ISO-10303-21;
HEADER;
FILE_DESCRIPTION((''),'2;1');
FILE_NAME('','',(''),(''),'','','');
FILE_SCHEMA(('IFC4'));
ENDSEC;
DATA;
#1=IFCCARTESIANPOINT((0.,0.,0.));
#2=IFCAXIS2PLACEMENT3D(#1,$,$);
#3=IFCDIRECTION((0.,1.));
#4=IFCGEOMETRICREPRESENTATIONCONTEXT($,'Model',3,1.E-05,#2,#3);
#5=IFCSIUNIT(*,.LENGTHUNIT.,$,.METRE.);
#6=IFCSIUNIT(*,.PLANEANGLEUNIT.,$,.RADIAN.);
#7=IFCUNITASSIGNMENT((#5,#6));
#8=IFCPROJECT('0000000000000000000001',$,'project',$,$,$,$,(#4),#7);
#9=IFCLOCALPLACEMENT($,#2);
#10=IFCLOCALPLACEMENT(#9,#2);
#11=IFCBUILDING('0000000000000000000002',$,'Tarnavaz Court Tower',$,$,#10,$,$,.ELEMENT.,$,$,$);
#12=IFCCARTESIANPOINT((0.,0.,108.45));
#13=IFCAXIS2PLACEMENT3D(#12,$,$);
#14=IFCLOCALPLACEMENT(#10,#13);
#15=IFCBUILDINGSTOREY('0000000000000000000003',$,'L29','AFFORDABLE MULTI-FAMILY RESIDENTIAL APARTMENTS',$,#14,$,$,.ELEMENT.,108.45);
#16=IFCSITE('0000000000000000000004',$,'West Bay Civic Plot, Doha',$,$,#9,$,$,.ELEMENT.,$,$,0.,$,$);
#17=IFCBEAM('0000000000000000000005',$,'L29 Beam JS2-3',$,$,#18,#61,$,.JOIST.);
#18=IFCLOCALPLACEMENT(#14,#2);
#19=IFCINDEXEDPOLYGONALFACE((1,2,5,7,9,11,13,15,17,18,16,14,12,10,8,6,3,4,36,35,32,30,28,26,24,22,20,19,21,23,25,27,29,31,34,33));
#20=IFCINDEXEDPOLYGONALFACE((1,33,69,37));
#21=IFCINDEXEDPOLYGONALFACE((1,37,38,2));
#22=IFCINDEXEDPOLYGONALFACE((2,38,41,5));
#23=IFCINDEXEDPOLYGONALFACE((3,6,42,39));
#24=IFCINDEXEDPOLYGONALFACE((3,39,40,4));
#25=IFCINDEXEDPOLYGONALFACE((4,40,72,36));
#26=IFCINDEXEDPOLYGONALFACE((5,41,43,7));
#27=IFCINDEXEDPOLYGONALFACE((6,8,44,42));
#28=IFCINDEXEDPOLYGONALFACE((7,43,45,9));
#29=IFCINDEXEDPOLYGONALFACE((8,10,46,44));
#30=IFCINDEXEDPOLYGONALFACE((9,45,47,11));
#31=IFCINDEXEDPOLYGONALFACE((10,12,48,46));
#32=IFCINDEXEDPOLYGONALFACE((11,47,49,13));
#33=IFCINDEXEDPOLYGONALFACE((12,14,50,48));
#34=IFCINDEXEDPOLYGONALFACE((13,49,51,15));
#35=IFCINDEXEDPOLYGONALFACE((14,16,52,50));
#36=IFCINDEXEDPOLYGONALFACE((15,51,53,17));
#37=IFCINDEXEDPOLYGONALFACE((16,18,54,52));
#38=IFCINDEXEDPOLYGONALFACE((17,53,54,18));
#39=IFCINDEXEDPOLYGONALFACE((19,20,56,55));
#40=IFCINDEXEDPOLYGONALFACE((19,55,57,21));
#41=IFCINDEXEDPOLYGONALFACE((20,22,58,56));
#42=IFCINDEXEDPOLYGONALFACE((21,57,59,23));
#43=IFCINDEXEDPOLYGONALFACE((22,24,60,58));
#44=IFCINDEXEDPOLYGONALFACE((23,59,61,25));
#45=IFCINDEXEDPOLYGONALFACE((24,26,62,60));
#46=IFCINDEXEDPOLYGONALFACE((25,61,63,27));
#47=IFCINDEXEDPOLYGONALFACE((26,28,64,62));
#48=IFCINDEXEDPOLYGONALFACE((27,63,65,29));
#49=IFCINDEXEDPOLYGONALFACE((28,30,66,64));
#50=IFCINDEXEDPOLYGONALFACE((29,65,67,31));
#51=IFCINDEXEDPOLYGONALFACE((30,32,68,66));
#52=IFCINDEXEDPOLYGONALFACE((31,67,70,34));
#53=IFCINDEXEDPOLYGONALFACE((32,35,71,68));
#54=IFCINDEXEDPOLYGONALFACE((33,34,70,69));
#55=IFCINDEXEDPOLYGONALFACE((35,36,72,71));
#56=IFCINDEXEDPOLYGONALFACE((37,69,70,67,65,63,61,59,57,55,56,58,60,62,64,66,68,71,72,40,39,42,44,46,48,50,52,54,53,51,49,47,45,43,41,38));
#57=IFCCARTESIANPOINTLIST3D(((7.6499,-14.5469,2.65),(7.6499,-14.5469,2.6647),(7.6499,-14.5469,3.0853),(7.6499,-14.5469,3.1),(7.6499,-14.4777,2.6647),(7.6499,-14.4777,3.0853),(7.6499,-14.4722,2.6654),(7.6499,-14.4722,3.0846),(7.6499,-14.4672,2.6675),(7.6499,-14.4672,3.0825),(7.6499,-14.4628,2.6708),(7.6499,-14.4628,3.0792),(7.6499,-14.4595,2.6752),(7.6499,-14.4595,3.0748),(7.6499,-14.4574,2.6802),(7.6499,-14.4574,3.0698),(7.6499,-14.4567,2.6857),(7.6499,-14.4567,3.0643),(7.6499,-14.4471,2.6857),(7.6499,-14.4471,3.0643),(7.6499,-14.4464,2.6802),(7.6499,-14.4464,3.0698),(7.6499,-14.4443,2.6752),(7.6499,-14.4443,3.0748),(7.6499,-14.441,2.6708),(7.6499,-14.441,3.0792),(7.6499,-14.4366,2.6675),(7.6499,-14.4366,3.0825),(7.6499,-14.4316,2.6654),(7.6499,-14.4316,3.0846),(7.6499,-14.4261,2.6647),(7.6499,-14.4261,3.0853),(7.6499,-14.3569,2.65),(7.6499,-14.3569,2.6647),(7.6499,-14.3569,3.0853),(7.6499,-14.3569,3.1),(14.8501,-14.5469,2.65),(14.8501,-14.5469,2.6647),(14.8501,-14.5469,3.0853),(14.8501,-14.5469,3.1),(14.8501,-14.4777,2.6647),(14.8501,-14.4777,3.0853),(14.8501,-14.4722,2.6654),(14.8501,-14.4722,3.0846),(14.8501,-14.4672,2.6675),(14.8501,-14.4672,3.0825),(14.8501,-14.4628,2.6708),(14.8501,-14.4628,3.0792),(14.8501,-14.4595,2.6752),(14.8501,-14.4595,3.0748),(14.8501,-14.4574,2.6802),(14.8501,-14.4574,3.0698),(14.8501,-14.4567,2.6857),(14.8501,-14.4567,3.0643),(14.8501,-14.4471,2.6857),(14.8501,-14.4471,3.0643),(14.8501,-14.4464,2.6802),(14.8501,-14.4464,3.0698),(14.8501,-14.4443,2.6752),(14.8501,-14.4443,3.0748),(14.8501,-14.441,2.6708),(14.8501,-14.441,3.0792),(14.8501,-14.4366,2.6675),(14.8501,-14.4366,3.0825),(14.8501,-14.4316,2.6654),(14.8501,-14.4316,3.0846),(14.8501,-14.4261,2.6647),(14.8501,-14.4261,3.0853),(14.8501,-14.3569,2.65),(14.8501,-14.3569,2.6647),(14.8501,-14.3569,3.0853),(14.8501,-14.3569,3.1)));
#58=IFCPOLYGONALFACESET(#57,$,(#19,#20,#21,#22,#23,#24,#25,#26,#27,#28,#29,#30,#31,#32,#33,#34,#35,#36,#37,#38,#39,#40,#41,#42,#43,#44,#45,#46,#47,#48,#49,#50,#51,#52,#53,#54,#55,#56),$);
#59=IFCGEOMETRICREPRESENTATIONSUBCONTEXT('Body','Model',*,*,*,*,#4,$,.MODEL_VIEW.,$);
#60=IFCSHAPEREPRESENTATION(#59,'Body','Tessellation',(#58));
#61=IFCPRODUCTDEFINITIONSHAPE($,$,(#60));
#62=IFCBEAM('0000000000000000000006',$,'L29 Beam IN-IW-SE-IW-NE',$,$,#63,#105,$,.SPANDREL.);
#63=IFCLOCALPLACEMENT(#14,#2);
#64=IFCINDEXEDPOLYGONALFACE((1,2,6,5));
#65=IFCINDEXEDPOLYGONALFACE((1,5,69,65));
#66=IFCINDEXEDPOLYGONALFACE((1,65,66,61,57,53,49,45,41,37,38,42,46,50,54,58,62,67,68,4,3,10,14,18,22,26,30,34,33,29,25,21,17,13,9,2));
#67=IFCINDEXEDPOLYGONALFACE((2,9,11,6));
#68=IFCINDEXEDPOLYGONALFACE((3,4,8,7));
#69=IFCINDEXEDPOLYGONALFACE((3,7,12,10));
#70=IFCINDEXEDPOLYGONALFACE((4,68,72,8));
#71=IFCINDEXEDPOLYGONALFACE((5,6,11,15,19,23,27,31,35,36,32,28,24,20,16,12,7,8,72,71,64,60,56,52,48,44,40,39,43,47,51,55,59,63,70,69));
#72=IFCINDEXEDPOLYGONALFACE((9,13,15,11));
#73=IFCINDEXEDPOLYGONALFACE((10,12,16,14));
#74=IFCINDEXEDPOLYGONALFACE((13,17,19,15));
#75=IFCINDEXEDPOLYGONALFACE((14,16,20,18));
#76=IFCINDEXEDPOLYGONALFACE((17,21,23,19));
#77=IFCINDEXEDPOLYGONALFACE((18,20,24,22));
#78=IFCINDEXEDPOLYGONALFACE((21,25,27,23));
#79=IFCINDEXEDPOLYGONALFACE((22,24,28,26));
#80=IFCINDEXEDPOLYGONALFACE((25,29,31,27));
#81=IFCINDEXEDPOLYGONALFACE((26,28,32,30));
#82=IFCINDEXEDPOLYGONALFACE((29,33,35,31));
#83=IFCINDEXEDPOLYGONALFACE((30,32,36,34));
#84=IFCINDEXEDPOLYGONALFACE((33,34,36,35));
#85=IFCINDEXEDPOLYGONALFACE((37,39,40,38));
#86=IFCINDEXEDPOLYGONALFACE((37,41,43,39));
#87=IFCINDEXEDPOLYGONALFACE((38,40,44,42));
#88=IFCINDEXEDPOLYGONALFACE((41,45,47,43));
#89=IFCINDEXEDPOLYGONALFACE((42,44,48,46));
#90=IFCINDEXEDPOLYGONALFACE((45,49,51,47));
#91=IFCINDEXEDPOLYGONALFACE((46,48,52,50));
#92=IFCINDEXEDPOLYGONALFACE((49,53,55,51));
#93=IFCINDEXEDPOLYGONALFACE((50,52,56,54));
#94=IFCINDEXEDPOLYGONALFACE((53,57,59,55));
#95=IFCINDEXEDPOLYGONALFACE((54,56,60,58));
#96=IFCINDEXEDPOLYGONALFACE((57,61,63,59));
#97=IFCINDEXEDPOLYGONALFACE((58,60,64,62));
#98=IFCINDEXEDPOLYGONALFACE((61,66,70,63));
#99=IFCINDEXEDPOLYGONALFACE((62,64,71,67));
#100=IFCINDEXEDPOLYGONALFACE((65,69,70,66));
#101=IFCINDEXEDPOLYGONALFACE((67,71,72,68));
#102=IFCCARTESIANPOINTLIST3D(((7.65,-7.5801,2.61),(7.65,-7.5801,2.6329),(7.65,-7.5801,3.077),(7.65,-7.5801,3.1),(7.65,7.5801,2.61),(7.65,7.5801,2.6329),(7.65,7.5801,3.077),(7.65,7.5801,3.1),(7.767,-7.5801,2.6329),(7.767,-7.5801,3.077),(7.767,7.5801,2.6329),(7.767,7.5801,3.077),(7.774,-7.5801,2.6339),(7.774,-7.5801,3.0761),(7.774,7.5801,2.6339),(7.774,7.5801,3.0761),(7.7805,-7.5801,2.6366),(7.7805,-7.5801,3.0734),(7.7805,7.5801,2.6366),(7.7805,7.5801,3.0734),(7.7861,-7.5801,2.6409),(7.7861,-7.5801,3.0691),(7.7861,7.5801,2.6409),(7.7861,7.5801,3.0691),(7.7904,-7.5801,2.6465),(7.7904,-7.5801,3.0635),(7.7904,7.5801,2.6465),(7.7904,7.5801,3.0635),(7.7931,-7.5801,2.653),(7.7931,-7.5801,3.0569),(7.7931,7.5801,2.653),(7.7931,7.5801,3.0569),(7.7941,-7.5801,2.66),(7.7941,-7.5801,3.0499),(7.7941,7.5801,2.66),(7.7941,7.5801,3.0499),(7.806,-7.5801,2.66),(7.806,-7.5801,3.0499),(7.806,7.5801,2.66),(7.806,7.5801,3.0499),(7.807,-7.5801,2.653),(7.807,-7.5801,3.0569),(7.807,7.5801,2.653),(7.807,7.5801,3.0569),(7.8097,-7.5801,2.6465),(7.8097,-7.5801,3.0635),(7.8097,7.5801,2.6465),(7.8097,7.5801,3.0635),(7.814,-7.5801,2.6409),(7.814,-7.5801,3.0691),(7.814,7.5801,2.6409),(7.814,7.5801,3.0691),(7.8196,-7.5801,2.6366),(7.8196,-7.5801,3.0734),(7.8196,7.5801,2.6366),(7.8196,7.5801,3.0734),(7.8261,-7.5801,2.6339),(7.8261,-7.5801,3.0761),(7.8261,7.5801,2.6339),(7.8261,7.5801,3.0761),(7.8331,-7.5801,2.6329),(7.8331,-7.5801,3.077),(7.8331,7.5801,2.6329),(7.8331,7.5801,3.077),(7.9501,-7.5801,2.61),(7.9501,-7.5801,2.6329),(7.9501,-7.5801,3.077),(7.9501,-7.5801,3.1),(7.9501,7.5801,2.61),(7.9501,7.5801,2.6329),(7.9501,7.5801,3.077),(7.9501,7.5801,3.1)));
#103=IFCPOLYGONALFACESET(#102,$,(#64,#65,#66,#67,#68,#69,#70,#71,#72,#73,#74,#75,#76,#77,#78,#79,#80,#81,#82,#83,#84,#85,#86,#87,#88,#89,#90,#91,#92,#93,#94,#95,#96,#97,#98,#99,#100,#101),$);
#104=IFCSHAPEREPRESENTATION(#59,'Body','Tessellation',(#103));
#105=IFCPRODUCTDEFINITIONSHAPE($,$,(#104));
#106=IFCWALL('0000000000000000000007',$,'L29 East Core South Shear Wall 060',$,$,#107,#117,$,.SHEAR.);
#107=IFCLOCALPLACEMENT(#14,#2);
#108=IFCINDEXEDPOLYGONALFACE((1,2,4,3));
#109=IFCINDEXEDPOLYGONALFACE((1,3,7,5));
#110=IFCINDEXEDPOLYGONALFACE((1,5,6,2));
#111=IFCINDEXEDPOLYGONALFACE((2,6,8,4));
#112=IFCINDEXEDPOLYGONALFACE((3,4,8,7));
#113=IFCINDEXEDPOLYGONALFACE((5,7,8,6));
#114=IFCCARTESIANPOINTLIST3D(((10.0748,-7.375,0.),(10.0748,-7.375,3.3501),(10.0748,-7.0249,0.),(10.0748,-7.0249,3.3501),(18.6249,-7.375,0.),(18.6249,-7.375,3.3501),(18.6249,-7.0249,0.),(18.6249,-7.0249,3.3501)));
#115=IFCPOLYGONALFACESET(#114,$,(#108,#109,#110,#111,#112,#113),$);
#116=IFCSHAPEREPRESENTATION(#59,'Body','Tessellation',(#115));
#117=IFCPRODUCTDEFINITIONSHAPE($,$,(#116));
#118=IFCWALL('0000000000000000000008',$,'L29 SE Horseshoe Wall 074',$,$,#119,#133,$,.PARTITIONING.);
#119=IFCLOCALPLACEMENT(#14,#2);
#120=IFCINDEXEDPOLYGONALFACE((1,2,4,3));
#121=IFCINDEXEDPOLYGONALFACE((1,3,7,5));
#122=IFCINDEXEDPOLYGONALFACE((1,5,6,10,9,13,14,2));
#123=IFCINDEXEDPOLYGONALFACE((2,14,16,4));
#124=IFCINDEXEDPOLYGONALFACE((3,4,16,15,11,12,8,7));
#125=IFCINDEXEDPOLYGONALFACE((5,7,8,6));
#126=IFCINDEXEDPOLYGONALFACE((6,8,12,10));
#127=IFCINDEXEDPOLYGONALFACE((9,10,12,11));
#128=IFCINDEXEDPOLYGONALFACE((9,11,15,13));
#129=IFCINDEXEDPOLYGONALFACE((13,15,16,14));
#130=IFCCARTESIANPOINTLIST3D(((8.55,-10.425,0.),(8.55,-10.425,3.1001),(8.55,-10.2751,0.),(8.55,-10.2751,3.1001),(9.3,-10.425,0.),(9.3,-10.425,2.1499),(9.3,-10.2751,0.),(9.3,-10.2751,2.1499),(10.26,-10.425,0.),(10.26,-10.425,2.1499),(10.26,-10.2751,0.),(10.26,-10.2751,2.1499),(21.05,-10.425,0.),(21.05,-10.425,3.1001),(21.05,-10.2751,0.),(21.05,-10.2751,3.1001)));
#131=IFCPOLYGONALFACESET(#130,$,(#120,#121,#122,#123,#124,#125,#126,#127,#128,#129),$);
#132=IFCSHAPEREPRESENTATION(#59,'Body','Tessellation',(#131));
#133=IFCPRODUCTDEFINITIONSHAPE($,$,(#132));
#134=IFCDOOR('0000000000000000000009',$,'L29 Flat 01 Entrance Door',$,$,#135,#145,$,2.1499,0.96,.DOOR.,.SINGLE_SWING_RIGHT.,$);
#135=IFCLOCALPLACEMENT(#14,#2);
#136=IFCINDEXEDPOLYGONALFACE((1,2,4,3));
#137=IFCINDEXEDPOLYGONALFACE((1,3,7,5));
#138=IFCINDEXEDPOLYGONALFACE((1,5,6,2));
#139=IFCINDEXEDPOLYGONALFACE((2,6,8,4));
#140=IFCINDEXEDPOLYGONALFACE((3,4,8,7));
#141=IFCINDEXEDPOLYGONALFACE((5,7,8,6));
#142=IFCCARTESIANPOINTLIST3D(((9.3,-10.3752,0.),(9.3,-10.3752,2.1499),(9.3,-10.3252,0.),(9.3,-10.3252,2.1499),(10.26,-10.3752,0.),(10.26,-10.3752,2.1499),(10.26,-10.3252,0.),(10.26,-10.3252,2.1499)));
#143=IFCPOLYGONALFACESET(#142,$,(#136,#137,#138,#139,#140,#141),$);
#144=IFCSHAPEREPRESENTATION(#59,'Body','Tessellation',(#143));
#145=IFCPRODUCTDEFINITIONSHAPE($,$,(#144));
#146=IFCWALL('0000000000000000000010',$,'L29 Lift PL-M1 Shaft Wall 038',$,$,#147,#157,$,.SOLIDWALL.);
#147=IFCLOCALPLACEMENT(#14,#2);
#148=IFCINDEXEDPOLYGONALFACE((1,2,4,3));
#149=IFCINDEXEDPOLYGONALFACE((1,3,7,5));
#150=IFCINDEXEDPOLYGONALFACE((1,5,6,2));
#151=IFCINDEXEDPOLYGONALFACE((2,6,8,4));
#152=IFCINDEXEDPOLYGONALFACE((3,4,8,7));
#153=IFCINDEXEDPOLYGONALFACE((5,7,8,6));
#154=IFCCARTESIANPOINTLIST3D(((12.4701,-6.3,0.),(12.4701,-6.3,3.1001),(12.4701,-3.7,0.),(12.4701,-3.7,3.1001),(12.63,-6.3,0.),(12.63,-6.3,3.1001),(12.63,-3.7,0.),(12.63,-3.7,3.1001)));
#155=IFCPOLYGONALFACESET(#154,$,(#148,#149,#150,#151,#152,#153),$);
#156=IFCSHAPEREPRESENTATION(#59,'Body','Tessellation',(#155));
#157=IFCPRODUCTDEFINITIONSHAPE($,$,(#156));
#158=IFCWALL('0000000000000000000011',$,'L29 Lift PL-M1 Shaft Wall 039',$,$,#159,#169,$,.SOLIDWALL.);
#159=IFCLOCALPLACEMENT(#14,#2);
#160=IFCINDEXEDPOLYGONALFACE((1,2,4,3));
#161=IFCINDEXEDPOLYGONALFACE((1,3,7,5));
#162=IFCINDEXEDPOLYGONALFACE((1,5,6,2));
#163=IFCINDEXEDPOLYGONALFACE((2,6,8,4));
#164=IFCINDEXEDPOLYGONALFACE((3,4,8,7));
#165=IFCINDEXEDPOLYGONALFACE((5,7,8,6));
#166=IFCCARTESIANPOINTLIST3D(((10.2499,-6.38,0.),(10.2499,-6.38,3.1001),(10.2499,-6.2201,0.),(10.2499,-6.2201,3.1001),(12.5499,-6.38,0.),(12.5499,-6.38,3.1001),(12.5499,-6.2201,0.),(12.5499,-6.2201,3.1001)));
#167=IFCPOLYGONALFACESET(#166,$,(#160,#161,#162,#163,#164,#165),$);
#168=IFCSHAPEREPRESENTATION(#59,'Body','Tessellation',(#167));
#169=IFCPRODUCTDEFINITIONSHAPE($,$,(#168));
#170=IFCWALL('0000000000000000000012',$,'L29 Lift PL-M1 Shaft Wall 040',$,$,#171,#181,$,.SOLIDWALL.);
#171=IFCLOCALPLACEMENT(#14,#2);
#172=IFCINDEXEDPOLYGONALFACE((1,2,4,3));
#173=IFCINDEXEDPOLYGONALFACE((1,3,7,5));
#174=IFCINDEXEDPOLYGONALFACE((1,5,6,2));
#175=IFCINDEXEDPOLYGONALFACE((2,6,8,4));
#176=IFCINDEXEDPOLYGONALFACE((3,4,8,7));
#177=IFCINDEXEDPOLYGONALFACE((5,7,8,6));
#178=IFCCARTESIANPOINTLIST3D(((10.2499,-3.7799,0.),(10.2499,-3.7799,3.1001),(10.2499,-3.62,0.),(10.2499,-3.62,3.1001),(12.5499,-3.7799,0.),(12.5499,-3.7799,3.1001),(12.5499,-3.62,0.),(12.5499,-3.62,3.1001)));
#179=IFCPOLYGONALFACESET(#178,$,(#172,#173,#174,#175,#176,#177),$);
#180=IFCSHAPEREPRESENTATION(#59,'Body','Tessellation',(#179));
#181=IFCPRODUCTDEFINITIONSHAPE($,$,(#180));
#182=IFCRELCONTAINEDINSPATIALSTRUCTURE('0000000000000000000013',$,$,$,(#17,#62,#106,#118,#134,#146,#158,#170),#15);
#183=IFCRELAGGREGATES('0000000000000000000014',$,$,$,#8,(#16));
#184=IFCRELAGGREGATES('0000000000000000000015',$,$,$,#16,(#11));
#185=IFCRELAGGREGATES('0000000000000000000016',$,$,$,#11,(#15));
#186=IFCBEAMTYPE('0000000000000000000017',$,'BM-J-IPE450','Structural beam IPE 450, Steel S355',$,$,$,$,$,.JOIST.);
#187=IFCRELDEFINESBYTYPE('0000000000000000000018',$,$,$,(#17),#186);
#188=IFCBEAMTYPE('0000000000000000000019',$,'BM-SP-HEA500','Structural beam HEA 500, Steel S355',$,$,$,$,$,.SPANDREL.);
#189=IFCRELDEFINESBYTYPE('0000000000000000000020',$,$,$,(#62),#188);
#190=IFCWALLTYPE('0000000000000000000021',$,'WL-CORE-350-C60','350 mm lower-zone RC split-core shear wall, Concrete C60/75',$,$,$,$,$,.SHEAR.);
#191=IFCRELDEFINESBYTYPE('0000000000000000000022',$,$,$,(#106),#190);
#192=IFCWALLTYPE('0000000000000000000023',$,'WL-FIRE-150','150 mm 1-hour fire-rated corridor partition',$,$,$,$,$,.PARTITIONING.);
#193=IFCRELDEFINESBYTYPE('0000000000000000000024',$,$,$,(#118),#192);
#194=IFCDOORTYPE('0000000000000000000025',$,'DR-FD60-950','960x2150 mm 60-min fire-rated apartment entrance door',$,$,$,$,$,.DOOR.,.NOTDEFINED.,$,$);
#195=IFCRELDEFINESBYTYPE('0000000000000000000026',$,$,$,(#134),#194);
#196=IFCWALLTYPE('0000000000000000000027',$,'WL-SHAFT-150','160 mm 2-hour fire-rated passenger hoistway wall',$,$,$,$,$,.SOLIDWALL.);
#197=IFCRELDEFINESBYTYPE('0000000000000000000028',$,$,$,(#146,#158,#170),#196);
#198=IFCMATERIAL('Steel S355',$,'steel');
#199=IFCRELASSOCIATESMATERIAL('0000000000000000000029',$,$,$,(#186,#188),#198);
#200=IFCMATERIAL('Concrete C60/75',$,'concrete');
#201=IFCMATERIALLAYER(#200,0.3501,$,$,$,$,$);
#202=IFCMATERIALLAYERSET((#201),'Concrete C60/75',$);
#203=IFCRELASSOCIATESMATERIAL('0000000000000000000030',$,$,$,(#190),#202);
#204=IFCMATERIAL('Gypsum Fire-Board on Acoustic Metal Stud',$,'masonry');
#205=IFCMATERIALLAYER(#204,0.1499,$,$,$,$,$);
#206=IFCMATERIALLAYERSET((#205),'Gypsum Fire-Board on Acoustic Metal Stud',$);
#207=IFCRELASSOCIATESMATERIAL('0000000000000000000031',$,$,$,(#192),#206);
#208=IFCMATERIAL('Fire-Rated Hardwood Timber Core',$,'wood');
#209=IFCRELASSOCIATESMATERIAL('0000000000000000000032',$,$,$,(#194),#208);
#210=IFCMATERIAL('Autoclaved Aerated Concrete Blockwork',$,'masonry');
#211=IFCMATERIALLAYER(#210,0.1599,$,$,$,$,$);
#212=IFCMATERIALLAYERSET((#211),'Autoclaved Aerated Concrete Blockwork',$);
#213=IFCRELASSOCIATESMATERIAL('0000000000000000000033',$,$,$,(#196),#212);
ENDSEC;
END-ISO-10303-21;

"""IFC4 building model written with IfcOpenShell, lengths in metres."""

from ifc_helpers import new_model, si_unit, direction, frame, frame_2d, origin, origin_2d, place, context, subcontext, project, spatial, rectangle, i_section, extrude, material, layer, layer_set, material_profile, profile_set, type_object, element, fill, save


model = new_model("IFC4")

# Units and contexts
model_context = context("Model", 3, precision=1e-05, world=origin(), true_north=direction((0.0, 1.0)))
body_context = subcontext(model_context, "Body", "Model", "MODEL_VIEW")
ifc_project = project(units=[si_unit("LENGTHUNIT", "METRE"), si_unit("PLANEANGLEUNIT", "RADIAN")], contexts=[model_context])

# Site, building, storey
site_placement = place(None, origin())
site = spatial("IfcSite", under=ifc_project, at=site_placement, Name="West Bay Civic Plot, Doha", CompositionType="ELEMENT", RefElevation=0.0)
building_placement = place(site_placement, origin())
building = spatial("IfcBuilding", under=site, at=building_placement, Name="Tarnavaz Court Tower", CompositionType="ELEMENT")
storey_placement = place(building_placement, frame((0.0, 0.0, 108.45)))
storey = spatial("IfcBuildingStorey", under=building, at=storey_placement, Name="L29", Description="AFFORDABLE MULTI-FAMILY RESIDENTIAL APARTMENTS", CompositionType="ELEMENT", Elevation=108.45)

# Shared definitions
ifc_material_1 = material(Name="Concrete C60/75", Category="concrete")

# Beams
ifc_material_2 = material(Name="Steel S355", Category="steel")
ifc_material_profile_1 = material_profile(ifc_material_2, i_section(OverallWidth=0.1899, OverallDepth=0.45, WebThickness=0.0095, FlangeThickness=0.0146, FilletRadius=0.021, at=origin_2d()), Name="IPE 450")
ifc_profile_set_1 = profile_set([ifc_material_profile_1], Name="Steel S355")
beam_type_1 = type_object("IfcBeamType", Name="BM-J-IPE450", Description="Structural beam IPE 450, Steel S355", PredefinedType="JOIST", material=ifc_profile_set_1)
for number, where, z_axis, x_axis, name in (
    (1, (7.6499, -14.4519, 2.875), (1.0, 0.0, 0.0), (0.0, 1.0, 0.0), "L29 Beam JS2-3"),
):
    element("IfcBeam", number, at=place(storey_placement, frame(where, z_axis=z_axis, x_axis=x_axis)), inside=storey, type_object=beam_type_1, Name=name, PredefinedType="JOIST", context=body_context, shape_type="SweptSolid", body=[
        extrude(i_section(OverallWidth=0.1899, OverallDepth=0.45, WebThickness=0.0095, FlangeThickness=0.0146, FilletRadius=0.021, at=origin_2d()), origin(), (0.0, 0.0, 1.0), 7.2002),
    ])
ifc_material_profile_2 = material_profile(ifc_material_2, i_section(OverallWidth=0.3, OverallDepth=0.49, WebThickness=0.012, FlangeThickness=0.0229, FilletRadius=0.0271, at=origin_2d()), Name="HEA 500")
ifc_profile_set_2 = profile_set([ifc_material_profile_2], Name="Steel S355")
beam_type_2 = type_object("IfcBeamType", Name="BM-SP-HEA500", Description="Structural beam HEA 500, Steel S355", PredefinedType="SPANDREL", material=ifc_profile_set_2)
beam_1_placement = place(storey_placement, frame((7.8, -7.5801, 2.855), z_axis=(0.0, 1.0, 0.0), x_axis=(-1.0, 0.0, 0.0)))
element("IfcBeam", 2, at=beam_1_placement, inside=storey, type_object=beam_type_2, Name="L29 Beam IN-IW-SE-IW-NE", PredefinedType="SPANDREL", context=body_context, shape_type="SweptSolid", body=[
    extrude(i_section(OverallWidth=0.3, OverallDepth=0.49, WebThickness=0.012, FlangeThickness=0.0229, FilletRadius=0.0271, at=origin_2d()), origin(), (0.0, 0.0, 1.0), 15.1602),
])

# Wall
ifc_layer_1 = layer(ifc_material_1, 0.3501)
ifc_layer_set_1 = layer_set([ifc_layer_1], Name="Concrete C60/75")
wall_type_1 = type_object("IfcWallType", Name="WL-CORE-350-C60", Description="350 mm lower-zone RC split-core shear wall, Concrete C60/75", PredefinedType="SHEAR", material=ifc_layer_set_1)
wall_1_placement = place(storey_placement, frame((10.075, -7.2, 0.0), z_axis=(0.0, 0.0, 1.0), x_axis=(1.0, 0.0, 0.0)))
element("IfcWall", 3, at=wall_1_placement, inside=storey, type_object=wall_type_1, Name="L29 East Core South Shear Wall 060", PredefinedType="SHEAR", context=body_context, shape_type="SweptSolid", body=[
    extrude(rectangle(XDim=8.55, YDim=0.3501, at=frame_2d((4.2749, 0.0))), origin(), (0.0, 0.0, 1.0), 3.3501),
])

# Wall, opening, door
ifc_material_3 = material(Name="Gypsum Fire-Board on Acoustic Metal Stud", Category="masonry")
ifc_layer_2 = layer(ifc_material_3, 0.1499)
ifc_layer_set_2 = layer_set([ifc_layer_2], Name="Gypsum Fire-Board on Acoustic Metal Stud")
wall_type_2 = type_object("IfcWallType", Name="WL-FIRE-150", Description="150 mm 1-hour fire-rated corridor partition", PredefinedType="PARTITIONING", material=ifc_layer_set_2)
wall_2_placement = place(storey_placement, frame((8.55, -10.3501, 0.0), z_axis=(0.0, 0.0, 1.0), x_axis=(1.0, 0.0, 0.0)))
wall_2 = element("IfcWall", 4, at=wall_2_placement, inside=storey, type_object=wall_type_2, Name="L29 SE Horseshoe Wall 074", PredefinedType="PARTITIONING", context=body_context, shape_type="SweptSolid", body=[
    extrude(rectangle(XDim=12.5, YDim=0.1499, at=frame_2d((6.25, 0.0))), origin(), (0.0, 0.0, 1.0), 3.1001),
])
opening_1_placement = place(wall_2_placement, frame((0.75, 0.0, 0.0)))
opening_1 = element("IfcOpeningElement", 5, at=opening_1_placement, cuts=wall_2, PredefinedType="OPENING", context=body_context, shape_type="SweptSolid", body=[
    extrude(rectangle(XDim=0.96, YDim=2.1499, at=frame_2d((0.48, 1.075))), frame((0.0, 0.085, 0.0), z_axis=(0.0, -1.0, 0.0), x_axis=(1.0, 0.0, 0.0)), (0.0, 0.0, 1.0), 0.1699),
])
ifc_material_4 = material(Name="Fire-Rated Hardwood Timber Core", Category="wood")
door_type_1 = type_object("IfcDoorType", Name="DR-FD60-950", Description="960x2150 mm 60-min fire-rated apartment entrance door", OperationType="NOTDEFINED", PredefinedType="DOOR", material=ifc_material_4)
door_1_placement = place(opening_1_placement, origin())
door_1 = element("IfcDoor", 6, at=door_1_placement, inside=storey, type_object=door_type_1, Name="L29 Flat 01 Entrance Door", OperationType="SINGLE_SWING_RIGHT", OverallHeight=2.1499, OverallWidth=0.96, PredefinedType="DOOR", context=body_context, shape_type="SweptSolid", body=[
    extrude(rectangle(XDim=0.96, YDim=2.1499, at=frame_2d((0.48, 1.075))), frame((0.0, 0.0249, 0.0), z_axis=(0.0, -1.0, 0.0), x_axis=(1.0, 0.0, 0.0)), (0.0, 0.0, 1.0), 0.05),
])
fill(opening_1, door_1)
ifc_material_5 = material(Name="Autoclaved Aerated Concrete Blockwork", Category="masonry")
ifc_layer_3 = layer(ifc_material_5, 0.1599)
ifc_layer_set_3 = layer_set([ifc_layer_3], Name="Autoclaved Aerated Concrete Blockwork")
wall_type_3 = type_object("IfcWallType", Name="WL-SHAFT-150", Description="160 mm 2-hour fire-rated passenger hoistway wall", PredefinedType="SOLIDWALL", material=ifc_layer_set_3)

# Walls
wall_3_placement = place(storey_placement, frame((12.55, -6.3, 0.0), z_axis=(0.0, 0.0, 1.0), x_axis=(0.0, 1.0, 0.0)))
element("IfcWall", 7, at=wall_3_placement, inside=storey, type_object=wall_type_3, Name="L29 Lift PL-M1 Shaft Wall 038", PredefinedType="SOLIDWALL", context=body_context, shape_type="SweptSolid", body=[
    extrude(rectangle(XDim=2.6001, YDim=0.1599, at=frame_2d((1.3, 0.0))), origin(), (0.0, 0.0, 1.0), 3.1001),
])
for number, where, z_axis, x_axis, name in (
    (8, (10.25, -6.3, 0.0), (0.0, 0.0, 1.0), (1.0, 0.0, 0.0), "L29 Lift PL-M1 Shaft Wall 039"),
    (9, (10.25, -3.7, 0.0), (0.0, 0.0, 1.0), (1.0, 0.0, 0.0), "L29 Lift PL-M1 Shaft Wall 040"),
):
    element("IfcWall", number, at=place(storey_placement, frame(where, z_axis=z_axis, x_axis=x_axis)), inside=storey, type_object=wall_type_3, Name=name, PredefinedType="SOLIDWALL", context=body_context, shape_type="SweptSolid", body=[
        extrude(rectangle(XDim=2.3, YDim=0.1599, at=frame_2d((1.1499, 0.0))), origin(), (0.0, 0.0, 1.0), 3.1001),
    ])

save(model, "model.ifc")
